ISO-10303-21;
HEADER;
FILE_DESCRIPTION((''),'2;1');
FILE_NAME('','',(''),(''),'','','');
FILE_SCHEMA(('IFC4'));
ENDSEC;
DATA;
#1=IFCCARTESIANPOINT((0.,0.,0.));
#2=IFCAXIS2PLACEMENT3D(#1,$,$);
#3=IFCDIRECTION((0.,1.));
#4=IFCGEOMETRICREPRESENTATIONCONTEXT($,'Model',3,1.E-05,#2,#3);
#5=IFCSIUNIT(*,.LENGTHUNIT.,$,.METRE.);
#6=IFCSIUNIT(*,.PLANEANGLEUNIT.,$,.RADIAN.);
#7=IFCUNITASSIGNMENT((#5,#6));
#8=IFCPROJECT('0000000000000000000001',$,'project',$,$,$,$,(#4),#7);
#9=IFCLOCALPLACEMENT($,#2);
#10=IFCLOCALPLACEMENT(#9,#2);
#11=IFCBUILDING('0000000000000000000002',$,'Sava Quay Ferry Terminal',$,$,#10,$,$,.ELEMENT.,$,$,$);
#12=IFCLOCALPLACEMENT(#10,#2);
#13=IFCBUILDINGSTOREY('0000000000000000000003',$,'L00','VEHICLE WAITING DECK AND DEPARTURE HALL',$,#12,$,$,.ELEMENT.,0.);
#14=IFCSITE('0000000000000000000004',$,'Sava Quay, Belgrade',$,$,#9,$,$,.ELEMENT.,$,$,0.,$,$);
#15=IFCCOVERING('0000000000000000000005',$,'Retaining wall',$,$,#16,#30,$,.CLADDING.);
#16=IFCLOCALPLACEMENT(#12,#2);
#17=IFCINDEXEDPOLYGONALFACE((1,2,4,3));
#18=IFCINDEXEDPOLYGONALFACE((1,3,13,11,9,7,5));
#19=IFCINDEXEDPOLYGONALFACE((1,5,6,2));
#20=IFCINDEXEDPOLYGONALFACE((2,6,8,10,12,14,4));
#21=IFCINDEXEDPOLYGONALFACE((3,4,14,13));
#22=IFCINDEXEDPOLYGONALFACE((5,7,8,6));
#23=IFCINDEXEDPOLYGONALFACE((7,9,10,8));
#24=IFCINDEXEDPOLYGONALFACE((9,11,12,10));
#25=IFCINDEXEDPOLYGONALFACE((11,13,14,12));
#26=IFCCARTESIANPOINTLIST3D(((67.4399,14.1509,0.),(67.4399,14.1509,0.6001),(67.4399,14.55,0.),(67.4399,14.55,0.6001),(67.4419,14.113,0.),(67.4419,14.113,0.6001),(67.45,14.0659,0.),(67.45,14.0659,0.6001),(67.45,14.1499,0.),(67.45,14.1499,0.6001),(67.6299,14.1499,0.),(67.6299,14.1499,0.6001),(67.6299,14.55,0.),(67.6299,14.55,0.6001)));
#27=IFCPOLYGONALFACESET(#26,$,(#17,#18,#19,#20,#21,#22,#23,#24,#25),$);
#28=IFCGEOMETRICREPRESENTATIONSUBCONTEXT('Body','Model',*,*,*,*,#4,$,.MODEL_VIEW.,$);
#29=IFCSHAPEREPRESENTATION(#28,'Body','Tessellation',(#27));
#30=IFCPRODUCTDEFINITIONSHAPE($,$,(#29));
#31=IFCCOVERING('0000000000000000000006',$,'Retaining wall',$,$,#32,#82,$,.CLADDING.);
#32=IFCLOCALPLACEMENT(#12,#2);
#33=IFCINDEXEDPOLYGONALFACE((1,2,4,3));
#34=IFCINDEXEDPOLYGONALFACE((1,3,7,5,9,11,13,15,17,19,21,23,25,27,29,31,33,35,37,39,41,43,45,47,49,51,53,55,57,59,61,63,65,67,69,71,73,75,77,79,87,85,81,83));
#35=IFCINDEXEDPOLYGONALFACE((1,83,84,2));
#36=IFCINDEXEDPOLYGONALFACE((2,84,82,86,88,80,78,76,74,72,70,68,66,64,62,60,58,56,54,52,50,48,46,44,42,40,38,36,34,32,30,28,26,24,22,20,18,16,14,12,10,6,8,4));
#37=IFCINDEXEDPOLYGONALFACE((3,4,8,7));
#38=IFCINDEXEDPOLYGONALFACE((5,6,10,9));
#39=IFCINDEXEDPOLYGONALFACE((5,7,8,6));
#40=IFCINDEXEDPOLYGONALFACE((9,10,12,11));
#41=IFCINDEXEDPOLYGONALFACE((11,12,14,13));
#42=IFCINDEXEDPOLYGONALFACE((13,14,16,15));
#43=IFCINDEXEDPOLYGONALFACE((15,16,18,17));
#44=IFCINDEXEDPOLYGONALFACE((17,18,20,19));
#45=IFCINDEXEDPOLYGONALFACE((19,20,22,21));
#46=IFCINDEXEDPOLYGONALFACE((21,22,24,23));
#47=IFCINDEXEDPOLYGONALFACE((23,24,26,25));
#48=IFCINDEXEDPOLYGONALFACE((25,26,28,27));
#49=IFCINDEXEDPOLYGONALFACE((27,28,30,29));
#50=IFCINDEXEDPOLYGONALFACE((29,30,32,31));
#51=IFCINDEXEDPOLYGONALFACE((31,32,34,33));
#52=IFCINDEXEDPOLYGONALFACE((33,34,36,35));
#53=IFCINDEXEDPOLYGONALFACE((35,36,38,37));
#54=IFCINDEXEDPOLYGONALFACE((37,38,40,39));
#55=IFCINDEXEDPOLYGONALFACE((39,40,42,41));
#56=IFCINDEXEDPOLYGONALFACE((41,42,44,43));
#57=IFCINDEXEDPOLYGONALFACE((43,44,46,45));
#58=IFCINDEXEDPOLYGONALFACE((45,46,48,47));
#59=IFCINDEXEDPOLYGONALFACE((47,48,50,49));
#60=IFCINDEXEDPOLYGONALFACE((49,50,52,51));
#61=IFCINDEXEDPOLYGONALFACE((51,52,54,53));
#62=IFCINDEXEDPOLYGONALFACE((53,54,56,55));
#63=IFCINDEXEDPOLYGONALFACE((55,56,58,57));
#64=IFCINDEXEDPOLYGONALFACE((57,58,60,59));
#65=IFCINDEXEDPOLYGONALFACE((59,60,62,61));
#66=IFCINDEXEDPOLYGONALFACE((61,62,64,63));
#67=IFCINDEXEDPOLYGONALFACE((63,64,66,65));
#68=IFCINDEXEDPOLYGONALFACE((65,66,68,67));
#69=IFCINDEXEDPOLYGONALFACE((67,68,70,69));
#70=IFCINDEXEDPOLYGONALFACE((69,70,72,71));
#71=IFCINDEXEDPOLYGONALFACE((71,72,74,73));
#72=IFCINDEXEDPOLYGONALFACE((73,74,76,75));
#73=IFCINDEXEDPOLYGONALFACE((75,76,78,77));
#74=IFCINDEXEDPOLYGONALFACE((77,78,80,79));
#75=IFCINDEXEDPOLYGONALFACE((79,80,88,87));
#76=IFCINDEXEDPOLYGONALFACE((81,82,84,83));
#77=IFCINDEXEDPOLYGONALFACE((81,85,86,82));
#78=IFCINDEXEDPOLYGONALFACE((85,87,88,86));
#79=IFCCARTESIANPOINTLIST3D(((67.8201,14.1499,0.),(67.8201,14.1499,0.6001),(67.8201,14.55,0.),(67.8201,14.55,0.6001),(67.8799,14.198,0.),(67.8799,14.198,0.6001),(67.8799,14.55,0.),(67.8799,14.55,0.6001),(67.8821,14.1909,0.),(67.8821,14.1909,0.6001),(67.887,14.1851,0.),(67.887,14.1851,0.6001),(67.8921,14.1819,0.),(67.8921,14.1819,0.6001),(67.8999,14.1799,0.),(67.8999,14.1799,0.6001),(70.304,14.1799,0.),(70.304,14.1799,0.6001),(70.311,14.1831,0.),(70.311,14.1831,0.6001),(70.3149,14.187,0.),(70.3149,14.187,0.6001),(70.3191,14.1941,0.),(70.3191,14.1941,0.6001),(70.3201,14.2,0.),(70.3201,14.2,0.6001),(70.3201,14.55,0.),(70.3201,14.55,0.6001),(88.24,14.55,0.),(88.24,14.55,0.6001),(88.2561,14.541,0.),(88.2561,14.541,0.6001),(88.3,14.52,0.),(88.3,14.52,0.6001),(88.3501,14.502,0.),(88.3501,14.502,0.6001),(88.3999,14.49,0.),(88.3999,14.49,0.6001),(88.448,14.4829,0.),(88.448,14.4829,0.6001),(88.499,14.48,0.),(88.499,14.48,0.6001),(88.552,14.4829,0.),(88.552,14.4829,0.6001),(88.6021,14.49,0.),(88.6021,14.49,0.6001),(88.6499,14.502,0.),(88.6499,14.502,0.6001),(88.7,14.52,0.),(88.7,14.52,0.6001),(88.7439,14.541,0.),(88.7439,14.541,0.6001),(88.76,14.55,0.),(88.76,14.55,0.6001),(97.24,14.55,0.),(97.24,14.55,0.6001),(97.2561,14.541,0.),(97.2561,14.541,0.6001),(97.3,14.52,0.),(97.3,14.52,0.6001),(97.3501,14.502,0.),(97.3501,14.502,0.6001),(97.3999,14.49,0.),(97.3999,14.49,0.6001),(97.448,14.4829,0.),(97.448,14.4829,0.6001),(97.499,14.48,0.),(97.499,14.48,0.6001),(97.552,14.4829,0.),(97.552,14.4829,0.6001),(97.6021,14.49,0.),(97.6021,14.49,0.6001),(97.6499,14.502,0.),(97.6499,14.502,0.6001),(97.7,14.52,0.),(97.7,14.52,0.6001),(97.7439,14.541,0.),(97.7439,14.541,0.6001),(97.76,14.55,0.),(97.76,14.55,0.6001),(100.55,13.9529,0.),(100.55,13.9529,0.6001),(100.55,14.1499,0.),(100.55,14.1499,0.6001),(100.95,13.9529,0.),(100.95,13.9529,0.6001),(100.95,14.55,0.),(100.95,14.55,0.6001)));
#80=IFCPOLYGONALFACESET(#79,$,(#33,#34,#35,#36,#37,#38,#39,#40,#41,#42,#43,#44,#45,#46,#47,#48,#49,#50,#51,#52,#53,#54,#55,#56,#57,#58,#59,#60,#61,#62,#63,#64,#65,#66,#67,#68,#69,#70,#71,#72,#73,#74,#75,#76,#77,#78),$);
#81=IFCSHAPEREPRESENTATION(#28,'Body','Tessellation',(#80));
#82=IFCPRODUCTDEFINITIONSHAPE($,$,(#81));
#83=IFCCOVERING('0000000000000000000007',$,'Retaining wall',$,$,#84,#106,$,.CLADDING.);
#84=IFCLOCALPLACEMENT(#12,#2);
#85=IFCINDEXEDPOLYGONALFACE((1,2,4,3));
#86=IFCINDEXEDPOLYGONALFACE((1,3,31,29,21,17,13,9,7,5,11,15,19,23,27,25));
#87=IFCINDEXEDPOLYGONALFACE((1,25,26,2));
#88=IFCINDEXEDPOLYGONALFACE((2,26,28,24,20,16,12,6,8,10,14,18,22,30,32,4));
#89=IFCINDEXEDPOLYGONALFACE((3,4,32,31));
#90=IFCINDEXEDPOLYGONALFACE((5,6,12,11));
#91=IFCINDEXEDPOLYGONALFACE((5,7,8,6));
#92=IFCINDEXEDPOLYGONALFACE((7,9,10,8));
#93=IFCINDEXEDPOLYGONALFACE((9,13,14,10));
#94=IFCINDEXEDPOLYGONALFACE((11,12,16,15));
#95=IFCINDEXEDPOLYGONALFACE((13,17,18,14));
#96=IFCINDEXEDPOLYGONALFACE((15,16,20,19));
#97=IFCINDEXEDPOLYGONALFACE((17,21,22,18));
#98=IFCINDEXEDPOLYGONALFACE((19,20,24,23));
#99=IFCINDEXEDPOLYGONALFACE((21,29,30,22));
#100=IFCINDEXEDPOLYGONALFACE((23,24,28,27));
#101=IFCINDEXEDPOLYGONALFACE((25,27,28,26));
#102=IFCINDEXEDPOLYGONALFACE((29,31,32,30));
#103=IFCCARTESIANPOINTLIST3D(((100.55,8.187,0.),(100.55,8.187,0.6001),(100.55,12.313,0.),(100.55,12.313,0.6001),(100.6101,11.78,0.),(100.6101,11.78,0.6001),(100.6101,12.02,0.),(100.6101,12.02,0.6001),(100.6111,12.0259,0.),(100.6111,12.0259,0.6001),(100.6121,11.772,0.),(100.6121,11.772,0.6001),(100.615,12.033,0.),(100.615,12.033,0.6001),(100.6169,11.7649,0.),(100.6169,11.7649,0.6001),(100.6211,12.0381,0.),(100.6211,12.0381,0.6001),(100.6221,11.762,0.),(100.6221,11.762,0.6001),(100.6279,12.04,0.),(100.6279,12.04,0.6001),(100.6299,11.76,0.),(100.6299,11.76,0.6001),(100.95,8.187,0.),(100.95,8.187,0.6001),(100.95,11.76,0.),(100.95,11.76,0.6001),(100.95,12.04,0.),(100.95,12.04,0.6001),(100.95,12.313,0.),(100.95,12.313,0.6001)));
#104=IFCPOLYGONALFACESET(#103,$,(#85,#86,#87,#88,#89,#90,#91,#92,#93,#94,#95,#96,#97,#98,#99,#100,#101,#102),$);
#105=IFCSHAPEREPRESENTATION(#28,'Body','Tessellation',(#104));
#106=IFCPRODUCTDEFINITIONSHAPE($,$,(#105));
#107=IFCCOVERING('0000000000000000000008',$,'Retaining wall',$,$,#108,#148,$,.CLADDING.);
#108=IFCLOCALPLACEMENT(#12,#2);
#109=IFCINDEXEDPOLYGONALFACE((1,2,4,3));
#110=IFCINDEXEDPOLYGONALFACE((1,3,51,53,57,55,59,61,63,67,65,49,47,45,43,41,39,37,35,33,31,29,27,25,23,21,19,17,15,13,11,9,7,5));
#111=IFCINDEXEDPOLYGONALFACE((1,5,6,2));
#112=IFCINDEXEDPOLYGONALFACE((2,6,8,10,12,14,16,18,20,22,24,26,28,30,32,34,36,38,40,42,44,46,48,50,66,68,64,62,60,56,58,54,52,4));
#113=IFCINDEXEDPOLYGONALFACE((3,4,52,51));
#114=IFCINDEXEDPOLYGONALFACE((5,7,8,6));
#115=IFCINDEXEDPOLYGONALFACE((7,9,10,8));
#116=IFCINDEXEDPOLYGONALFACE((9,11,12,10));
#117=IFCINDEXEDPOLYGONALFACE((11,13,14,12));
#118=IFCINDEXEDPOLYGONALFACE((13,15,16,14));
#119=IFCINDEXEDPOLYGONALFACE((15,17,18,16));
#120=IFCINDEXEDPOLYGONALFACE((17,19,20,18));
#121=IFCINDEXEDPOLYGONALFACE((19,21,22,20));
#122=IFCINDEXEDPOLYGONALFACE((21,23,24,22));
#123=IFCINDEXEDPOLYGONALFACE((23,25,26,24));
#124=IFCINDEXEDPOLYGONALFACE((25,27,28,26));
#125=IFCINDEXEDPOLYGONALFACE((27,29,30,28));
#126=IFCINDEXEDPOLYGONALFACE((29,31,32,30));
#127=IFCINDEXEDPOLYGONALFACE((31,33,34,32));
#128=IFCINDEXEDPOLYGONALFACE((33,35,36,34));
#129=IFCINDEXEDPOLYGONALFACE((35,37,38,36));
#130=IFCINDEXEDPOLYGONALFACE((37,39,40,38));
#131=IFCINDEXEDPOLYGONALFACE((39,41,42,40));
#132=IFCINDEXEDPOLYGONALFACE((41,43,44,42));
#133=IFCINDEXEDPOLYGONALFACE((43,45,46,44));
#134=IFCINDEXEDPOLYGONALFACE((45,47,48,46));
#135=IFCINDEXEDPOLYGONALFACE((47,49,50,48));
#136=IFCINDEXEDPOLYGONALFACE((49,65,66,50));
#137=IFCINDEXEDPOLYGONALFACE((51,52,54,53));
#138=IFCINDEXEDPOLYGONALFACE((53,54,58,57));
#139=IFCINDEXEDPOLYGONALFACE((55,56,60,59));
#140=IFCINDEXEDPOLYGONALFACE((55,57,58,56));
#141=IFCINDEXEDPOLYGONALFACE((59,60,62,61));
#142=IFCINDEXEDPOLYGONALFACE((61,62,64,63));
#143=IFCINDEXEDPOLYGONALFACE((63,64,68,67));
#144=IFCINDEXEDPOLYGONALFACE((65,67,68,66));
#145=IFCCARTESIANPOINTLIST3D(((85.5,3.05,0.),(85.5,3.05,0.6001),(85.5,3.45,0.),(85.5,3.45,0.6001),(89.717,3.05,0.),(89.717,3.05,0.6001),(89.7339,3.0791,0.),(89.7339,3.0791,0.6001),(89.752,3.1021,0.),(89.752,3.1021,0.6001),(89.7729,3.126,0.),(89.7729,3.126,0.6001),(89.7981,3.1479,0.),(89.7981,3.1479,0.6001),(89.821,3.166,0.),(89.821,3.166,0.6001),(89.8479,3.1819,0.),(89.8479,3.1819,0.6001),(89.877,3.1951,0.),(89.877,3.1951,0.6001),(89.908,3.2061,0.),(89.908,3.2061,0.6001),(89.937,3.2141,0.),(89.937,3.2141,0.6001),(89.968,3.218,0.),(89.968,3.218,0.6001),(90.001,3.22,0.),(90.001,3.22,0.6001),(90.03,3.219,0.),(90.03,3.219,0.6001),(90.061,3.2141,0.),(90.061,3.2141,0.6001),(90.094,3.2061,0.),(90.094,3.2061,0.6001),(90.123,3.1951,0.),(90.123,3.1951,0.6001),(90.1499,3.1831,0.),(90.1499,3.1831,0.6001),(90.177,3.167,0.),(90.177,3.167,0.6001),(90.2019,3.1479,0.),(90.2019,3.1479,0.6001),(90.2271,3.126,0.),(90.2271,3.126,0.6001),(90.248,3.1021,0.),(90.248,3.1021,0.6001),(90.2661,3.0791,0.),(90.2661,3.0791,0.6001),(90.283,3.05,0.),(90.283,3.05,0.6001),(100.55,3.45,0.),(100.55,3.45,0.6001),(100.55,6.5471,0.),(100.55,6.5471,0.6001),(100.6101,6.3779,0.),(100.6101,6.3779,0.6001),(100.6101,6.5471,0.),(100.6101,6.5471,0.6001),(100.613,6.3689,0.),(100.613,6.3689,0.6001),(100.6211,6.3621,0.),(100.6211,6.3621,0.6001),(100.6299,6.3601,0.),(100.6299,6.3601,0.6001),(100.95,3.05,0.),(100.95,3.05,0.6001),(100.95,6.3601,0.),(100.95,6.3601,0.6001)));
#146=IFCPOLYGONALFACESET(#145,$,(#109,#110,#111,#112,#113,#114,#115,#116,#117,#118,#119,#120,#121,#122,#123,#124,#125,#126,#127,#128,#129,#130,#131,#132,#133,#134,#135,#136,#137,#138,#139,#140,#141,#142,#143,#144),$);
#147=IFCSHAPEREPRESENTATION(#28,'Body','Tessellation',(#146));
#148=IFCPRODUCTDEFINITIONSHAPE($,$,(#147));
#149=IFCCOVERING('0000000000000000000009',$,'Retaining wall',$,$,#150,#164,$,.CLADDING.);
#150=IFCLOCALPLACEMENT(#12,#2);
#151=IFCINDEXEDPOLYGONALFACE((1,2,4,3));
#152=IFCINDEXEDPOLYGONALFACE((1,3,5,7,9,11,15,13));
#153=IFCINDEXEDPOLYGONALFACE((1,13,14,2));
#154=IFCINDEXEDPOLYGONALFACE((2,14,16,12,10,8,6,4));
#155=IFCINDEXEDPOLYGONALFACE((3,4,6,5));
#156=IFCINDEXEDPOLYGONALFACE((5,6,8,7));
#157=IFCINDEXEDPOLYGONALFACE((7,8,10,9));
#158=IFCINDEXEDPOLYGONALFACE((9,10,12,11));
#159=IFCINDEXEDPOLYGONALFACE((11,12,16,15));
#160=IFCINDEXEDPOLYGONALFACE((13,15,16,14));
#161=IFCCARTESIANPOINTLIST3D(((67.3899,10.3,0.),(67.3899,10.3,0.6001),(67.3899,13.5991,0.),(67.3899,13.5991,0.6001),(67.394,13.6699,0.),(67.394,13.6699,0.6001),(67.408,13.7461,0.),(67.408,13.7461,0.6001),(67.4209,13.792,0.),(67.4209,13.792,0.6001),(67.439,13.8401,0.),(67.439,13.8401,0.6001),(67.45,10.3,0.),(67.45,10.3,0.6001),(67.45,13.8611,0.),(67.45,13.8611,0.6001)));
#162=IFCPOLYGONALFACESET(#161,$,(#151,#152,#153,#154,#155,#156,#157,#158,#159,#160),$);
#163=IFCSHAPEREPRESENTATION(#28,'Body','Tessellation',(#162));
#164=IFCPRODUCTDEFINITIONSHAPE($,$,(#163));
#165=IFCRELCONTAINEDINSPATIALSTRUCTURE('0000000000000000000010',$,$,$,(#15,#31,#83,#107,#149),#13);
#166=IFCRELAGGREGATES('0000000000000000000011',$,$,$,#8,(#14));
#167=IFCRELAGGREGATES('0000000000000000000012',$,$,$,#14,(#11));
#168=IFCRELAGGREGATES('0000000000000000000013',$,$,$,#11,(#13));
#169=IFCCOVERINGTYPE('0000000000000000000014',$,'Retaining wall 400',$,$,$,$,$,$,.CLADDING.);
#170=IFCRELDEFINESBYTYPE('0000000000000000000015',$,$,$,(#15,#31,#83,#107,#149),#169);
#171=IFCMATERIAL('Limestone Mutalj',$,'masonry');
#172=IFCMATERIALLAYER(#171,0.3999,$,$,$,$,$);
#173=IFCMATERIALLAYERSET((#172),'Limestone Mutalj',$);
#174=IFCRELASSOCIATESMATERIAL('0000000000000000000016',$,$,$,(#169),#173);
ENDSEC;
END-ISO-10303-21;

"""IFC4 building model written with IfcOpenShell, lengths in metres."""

from ifc_helpers import new_model, si_unit, direction, origin, place, context, subcontext, project, spatial, polyline, outline, extrude, material, layer, layer_set, type_object, element, save


model = new_model("IFC4")

# Units and contexts
model_context = context("Model", 3, precision=1e-05, world=origin(), true_north=direction((0.0, 1.0)))
body_context = subcontext(model_context, "Body", "Model", "MODEL_VIEW")
ifc_project = project(units=[si_unit("LENGTHUNIT", "METRE"), si_unit("PLANEANGLEUNIT", "RADIAN")], contexts=[model_context])

# Site, building, storey
site_placement = place(None, origin())
site = spatial("IfcSite", under=ifc_project, at=site_placement, Name="Sava Quay, Belgrade", CompositionType="ELEMENT", RefElevation=0.0)
building_placement = place(site_placement, origin())
building = spatial("IfcBuilding", under=site, at=building_placement, Name="Sava Quay Ferry Terminal", CompositionType="ELEMENT")
storey_placement = place(building_placement, origin())
storey = spatial("IfcBuildingStorey", under=building, at=storey_placement, Name="L00", Description="VEHICLE WAITING DECK AND DEPARTURE HALL", CompositionType="ELEMENT", Elevation=0.0)

# Coverings
ifc_material_1 = material(Name="Limestone Mutalj", Category="masonry")
ifc_layer_1 = layer(ifc_material_1, 0.3999)
ifc_layer_set_1 = layer_set([ifc_layer_1], Name="Limestone Mutalj")
covering_type_1 = type_object("IfcCoveringType", Name="Retaining wall 400", PredefinedType="CLADDING", material=ifc_layer_set_1)
covering_1_placement = place(storey_placement, origin())
element("IfcCovering", 1, at=covering_1_placement, inside=storey, type_object=covering_type_1, Name="Retaining wall", PredefinedType="CLADDING", context=body_context, shape_type="SweptSolid", body=[
    extrude(outline(polyline([(67.6299, 14.55), (67.4399, 14.55), (67.4399, 14.1509), (67.4419, 14.113), (67.45, 14.0659), (67.45, 14.1499), (67.6299, 14.1499), (67.6299, 14.55)])), origin(), (0.0, 0.0, 1.0), 0.6001),
])
covering_2_placement = place(storey_placement, origin())
element("IfcCovering", 2, at=covering_2_placement, inside=storey, type_object=covering_type_1, Name="Retaining wall", PredefinedType="CLADDING", context=body_context, shape_type="SweptSolid", body=[
    extrude(outline(polyline([(67.8799, 14.55), (67.8201, 14.55), (67.8201, 14.1499), (100.55, 14.1499), (100.55, 13.9529), (100.95, 13.9529), (100.95, 14.55), (97.76, 14.55), (97.7439, 14.541), (97.7, 14.52), (97.6499, 14.502), (97.6021, 14.49), (97.552, 14.4829), (97.499, 14.48), (97.448, 14.4829), (97.3999, 14.49), (97.3501, 14.502), (97.3, 14.52), (97.2561, 14.541), (97.24, 14.55), (88.76, 14.55), (88.7439, 14.541), (88.7, 14.52), (88.6499, 14.502), (88.6021, 14.49), (88.552, 14.4829), (88.499, 14.48), (88.448, 14.4829), (88.3999, 14.49), (88.3501, 14.502), (88.3, 14.52), (88.2561, 14.541), (88.24, 14.55), (70.3201, 14.55), (70.3201, 14.2), (70.3191, 14.1941), (70.3149, 14.187), (70.311, 14.1831), (70.304, 14.1799), (67.8999, 14.1799), (67.8921, 14.1819), (67.887, 14.1851), (67.8821, 14.1909), (67.8799, 14.198), (67.8799, 14.55)])), origin(), (0.0, 0.0, 1.0), 0.6001),
])
covering_3_placement = place(storey_placement, origin())
element("IfcCovering", 3, at=covering_3_placement, inside=storey, type_object=covering_type_1, Name="Retaining wall", PredefinedType="CLADDING", context=body_context, shape_type="SweptSolid", body=[
    extrude(outline(polyline([(100.95, 12.04), (100.95, 12.313), (100.55, 12.313), (100.55, 8.187), (100.95, 8.187), (100.95, 11.76), (100.6299, 11.76), (100.6221, 11.762), (100.6169, 11.7649), (100.6121, 11.772), (100.6101, 11.78), (100.6101, 12.02), (100.6111, 12.0259), (100.615, 12.033), (100.6211, 12.0381), (100.6279, 12.04), (100.95, 12.04)])), origin(), (0.0, 0.0, 1.0), 0.6001),
])
covering_4_placement = place(storey_placement, origin())
element("IfcCovering", 4, at=covering_4_placement, inside=storey, type_object=covering_type_1, Name="Retaining wall", PredefinedType="CLADDING", context=body_context, shape_type="SweptSolid", body=[
    extrude(outline(polyline([(100.95, 3.05), (100.95, 6.3601), (100.6299, 6.3601), (100.6211, 6.3621), (100.613, 6.3689), (100.6101, 6.3779), (100.6101, 6.5471), (100.55, 6.5471), (100.55, 3.45), (85.5, 3.45), (85.5, 3.05), (89.717, 3.05), (89.7339, 3.0791), (89.752, 3.1021), (89.7729, 3.126), (89.7981, 3.1479), (89.821, 3.166), (89.8479, 3.1819), (89.877, 3.1951), (89.908, 3.2061), (89.937, 3.2141), (89.968, 3.218), (90.001, 3.22), (90.03, 3.219), (90.061, 3.2141), (90.094, 3.2061), (90.123, 3.1951), (90.1499, 3.1831), (90.177, 3.167), (90.2019, 3.1479), (90.2271, 3.126), (90.248, 3.1021), (90.2661, 3.0791), (90.283, 3.05), (100.95, 3.05)])), origin(), (0.0, 0.0, 1.0), 0.6001),
])
covering_5_placement = place(storey_placement, origin())
element("IfcCovering", 5, at=covering_5_placement, inside=storey, type_object=covering_type_1, Name="Retaining wall", PredefinedType="CLADDING", context=body_context, shape_type="SweptSolid", body=[
    extrude(outline(polyline([(67.45, 10.3), (67.45, 13.8611), (67.439, 13.8401), (67.4209, 13.792), (67.408, 13.7461), (67.394, 13.6699), (67.3899, 13.5991), (67.3899, 10.3), (67.45, 10.3)])), origin(), (0.0, 0.0, 1.0), 0.6001),
])

save(model, "model.ifc")
